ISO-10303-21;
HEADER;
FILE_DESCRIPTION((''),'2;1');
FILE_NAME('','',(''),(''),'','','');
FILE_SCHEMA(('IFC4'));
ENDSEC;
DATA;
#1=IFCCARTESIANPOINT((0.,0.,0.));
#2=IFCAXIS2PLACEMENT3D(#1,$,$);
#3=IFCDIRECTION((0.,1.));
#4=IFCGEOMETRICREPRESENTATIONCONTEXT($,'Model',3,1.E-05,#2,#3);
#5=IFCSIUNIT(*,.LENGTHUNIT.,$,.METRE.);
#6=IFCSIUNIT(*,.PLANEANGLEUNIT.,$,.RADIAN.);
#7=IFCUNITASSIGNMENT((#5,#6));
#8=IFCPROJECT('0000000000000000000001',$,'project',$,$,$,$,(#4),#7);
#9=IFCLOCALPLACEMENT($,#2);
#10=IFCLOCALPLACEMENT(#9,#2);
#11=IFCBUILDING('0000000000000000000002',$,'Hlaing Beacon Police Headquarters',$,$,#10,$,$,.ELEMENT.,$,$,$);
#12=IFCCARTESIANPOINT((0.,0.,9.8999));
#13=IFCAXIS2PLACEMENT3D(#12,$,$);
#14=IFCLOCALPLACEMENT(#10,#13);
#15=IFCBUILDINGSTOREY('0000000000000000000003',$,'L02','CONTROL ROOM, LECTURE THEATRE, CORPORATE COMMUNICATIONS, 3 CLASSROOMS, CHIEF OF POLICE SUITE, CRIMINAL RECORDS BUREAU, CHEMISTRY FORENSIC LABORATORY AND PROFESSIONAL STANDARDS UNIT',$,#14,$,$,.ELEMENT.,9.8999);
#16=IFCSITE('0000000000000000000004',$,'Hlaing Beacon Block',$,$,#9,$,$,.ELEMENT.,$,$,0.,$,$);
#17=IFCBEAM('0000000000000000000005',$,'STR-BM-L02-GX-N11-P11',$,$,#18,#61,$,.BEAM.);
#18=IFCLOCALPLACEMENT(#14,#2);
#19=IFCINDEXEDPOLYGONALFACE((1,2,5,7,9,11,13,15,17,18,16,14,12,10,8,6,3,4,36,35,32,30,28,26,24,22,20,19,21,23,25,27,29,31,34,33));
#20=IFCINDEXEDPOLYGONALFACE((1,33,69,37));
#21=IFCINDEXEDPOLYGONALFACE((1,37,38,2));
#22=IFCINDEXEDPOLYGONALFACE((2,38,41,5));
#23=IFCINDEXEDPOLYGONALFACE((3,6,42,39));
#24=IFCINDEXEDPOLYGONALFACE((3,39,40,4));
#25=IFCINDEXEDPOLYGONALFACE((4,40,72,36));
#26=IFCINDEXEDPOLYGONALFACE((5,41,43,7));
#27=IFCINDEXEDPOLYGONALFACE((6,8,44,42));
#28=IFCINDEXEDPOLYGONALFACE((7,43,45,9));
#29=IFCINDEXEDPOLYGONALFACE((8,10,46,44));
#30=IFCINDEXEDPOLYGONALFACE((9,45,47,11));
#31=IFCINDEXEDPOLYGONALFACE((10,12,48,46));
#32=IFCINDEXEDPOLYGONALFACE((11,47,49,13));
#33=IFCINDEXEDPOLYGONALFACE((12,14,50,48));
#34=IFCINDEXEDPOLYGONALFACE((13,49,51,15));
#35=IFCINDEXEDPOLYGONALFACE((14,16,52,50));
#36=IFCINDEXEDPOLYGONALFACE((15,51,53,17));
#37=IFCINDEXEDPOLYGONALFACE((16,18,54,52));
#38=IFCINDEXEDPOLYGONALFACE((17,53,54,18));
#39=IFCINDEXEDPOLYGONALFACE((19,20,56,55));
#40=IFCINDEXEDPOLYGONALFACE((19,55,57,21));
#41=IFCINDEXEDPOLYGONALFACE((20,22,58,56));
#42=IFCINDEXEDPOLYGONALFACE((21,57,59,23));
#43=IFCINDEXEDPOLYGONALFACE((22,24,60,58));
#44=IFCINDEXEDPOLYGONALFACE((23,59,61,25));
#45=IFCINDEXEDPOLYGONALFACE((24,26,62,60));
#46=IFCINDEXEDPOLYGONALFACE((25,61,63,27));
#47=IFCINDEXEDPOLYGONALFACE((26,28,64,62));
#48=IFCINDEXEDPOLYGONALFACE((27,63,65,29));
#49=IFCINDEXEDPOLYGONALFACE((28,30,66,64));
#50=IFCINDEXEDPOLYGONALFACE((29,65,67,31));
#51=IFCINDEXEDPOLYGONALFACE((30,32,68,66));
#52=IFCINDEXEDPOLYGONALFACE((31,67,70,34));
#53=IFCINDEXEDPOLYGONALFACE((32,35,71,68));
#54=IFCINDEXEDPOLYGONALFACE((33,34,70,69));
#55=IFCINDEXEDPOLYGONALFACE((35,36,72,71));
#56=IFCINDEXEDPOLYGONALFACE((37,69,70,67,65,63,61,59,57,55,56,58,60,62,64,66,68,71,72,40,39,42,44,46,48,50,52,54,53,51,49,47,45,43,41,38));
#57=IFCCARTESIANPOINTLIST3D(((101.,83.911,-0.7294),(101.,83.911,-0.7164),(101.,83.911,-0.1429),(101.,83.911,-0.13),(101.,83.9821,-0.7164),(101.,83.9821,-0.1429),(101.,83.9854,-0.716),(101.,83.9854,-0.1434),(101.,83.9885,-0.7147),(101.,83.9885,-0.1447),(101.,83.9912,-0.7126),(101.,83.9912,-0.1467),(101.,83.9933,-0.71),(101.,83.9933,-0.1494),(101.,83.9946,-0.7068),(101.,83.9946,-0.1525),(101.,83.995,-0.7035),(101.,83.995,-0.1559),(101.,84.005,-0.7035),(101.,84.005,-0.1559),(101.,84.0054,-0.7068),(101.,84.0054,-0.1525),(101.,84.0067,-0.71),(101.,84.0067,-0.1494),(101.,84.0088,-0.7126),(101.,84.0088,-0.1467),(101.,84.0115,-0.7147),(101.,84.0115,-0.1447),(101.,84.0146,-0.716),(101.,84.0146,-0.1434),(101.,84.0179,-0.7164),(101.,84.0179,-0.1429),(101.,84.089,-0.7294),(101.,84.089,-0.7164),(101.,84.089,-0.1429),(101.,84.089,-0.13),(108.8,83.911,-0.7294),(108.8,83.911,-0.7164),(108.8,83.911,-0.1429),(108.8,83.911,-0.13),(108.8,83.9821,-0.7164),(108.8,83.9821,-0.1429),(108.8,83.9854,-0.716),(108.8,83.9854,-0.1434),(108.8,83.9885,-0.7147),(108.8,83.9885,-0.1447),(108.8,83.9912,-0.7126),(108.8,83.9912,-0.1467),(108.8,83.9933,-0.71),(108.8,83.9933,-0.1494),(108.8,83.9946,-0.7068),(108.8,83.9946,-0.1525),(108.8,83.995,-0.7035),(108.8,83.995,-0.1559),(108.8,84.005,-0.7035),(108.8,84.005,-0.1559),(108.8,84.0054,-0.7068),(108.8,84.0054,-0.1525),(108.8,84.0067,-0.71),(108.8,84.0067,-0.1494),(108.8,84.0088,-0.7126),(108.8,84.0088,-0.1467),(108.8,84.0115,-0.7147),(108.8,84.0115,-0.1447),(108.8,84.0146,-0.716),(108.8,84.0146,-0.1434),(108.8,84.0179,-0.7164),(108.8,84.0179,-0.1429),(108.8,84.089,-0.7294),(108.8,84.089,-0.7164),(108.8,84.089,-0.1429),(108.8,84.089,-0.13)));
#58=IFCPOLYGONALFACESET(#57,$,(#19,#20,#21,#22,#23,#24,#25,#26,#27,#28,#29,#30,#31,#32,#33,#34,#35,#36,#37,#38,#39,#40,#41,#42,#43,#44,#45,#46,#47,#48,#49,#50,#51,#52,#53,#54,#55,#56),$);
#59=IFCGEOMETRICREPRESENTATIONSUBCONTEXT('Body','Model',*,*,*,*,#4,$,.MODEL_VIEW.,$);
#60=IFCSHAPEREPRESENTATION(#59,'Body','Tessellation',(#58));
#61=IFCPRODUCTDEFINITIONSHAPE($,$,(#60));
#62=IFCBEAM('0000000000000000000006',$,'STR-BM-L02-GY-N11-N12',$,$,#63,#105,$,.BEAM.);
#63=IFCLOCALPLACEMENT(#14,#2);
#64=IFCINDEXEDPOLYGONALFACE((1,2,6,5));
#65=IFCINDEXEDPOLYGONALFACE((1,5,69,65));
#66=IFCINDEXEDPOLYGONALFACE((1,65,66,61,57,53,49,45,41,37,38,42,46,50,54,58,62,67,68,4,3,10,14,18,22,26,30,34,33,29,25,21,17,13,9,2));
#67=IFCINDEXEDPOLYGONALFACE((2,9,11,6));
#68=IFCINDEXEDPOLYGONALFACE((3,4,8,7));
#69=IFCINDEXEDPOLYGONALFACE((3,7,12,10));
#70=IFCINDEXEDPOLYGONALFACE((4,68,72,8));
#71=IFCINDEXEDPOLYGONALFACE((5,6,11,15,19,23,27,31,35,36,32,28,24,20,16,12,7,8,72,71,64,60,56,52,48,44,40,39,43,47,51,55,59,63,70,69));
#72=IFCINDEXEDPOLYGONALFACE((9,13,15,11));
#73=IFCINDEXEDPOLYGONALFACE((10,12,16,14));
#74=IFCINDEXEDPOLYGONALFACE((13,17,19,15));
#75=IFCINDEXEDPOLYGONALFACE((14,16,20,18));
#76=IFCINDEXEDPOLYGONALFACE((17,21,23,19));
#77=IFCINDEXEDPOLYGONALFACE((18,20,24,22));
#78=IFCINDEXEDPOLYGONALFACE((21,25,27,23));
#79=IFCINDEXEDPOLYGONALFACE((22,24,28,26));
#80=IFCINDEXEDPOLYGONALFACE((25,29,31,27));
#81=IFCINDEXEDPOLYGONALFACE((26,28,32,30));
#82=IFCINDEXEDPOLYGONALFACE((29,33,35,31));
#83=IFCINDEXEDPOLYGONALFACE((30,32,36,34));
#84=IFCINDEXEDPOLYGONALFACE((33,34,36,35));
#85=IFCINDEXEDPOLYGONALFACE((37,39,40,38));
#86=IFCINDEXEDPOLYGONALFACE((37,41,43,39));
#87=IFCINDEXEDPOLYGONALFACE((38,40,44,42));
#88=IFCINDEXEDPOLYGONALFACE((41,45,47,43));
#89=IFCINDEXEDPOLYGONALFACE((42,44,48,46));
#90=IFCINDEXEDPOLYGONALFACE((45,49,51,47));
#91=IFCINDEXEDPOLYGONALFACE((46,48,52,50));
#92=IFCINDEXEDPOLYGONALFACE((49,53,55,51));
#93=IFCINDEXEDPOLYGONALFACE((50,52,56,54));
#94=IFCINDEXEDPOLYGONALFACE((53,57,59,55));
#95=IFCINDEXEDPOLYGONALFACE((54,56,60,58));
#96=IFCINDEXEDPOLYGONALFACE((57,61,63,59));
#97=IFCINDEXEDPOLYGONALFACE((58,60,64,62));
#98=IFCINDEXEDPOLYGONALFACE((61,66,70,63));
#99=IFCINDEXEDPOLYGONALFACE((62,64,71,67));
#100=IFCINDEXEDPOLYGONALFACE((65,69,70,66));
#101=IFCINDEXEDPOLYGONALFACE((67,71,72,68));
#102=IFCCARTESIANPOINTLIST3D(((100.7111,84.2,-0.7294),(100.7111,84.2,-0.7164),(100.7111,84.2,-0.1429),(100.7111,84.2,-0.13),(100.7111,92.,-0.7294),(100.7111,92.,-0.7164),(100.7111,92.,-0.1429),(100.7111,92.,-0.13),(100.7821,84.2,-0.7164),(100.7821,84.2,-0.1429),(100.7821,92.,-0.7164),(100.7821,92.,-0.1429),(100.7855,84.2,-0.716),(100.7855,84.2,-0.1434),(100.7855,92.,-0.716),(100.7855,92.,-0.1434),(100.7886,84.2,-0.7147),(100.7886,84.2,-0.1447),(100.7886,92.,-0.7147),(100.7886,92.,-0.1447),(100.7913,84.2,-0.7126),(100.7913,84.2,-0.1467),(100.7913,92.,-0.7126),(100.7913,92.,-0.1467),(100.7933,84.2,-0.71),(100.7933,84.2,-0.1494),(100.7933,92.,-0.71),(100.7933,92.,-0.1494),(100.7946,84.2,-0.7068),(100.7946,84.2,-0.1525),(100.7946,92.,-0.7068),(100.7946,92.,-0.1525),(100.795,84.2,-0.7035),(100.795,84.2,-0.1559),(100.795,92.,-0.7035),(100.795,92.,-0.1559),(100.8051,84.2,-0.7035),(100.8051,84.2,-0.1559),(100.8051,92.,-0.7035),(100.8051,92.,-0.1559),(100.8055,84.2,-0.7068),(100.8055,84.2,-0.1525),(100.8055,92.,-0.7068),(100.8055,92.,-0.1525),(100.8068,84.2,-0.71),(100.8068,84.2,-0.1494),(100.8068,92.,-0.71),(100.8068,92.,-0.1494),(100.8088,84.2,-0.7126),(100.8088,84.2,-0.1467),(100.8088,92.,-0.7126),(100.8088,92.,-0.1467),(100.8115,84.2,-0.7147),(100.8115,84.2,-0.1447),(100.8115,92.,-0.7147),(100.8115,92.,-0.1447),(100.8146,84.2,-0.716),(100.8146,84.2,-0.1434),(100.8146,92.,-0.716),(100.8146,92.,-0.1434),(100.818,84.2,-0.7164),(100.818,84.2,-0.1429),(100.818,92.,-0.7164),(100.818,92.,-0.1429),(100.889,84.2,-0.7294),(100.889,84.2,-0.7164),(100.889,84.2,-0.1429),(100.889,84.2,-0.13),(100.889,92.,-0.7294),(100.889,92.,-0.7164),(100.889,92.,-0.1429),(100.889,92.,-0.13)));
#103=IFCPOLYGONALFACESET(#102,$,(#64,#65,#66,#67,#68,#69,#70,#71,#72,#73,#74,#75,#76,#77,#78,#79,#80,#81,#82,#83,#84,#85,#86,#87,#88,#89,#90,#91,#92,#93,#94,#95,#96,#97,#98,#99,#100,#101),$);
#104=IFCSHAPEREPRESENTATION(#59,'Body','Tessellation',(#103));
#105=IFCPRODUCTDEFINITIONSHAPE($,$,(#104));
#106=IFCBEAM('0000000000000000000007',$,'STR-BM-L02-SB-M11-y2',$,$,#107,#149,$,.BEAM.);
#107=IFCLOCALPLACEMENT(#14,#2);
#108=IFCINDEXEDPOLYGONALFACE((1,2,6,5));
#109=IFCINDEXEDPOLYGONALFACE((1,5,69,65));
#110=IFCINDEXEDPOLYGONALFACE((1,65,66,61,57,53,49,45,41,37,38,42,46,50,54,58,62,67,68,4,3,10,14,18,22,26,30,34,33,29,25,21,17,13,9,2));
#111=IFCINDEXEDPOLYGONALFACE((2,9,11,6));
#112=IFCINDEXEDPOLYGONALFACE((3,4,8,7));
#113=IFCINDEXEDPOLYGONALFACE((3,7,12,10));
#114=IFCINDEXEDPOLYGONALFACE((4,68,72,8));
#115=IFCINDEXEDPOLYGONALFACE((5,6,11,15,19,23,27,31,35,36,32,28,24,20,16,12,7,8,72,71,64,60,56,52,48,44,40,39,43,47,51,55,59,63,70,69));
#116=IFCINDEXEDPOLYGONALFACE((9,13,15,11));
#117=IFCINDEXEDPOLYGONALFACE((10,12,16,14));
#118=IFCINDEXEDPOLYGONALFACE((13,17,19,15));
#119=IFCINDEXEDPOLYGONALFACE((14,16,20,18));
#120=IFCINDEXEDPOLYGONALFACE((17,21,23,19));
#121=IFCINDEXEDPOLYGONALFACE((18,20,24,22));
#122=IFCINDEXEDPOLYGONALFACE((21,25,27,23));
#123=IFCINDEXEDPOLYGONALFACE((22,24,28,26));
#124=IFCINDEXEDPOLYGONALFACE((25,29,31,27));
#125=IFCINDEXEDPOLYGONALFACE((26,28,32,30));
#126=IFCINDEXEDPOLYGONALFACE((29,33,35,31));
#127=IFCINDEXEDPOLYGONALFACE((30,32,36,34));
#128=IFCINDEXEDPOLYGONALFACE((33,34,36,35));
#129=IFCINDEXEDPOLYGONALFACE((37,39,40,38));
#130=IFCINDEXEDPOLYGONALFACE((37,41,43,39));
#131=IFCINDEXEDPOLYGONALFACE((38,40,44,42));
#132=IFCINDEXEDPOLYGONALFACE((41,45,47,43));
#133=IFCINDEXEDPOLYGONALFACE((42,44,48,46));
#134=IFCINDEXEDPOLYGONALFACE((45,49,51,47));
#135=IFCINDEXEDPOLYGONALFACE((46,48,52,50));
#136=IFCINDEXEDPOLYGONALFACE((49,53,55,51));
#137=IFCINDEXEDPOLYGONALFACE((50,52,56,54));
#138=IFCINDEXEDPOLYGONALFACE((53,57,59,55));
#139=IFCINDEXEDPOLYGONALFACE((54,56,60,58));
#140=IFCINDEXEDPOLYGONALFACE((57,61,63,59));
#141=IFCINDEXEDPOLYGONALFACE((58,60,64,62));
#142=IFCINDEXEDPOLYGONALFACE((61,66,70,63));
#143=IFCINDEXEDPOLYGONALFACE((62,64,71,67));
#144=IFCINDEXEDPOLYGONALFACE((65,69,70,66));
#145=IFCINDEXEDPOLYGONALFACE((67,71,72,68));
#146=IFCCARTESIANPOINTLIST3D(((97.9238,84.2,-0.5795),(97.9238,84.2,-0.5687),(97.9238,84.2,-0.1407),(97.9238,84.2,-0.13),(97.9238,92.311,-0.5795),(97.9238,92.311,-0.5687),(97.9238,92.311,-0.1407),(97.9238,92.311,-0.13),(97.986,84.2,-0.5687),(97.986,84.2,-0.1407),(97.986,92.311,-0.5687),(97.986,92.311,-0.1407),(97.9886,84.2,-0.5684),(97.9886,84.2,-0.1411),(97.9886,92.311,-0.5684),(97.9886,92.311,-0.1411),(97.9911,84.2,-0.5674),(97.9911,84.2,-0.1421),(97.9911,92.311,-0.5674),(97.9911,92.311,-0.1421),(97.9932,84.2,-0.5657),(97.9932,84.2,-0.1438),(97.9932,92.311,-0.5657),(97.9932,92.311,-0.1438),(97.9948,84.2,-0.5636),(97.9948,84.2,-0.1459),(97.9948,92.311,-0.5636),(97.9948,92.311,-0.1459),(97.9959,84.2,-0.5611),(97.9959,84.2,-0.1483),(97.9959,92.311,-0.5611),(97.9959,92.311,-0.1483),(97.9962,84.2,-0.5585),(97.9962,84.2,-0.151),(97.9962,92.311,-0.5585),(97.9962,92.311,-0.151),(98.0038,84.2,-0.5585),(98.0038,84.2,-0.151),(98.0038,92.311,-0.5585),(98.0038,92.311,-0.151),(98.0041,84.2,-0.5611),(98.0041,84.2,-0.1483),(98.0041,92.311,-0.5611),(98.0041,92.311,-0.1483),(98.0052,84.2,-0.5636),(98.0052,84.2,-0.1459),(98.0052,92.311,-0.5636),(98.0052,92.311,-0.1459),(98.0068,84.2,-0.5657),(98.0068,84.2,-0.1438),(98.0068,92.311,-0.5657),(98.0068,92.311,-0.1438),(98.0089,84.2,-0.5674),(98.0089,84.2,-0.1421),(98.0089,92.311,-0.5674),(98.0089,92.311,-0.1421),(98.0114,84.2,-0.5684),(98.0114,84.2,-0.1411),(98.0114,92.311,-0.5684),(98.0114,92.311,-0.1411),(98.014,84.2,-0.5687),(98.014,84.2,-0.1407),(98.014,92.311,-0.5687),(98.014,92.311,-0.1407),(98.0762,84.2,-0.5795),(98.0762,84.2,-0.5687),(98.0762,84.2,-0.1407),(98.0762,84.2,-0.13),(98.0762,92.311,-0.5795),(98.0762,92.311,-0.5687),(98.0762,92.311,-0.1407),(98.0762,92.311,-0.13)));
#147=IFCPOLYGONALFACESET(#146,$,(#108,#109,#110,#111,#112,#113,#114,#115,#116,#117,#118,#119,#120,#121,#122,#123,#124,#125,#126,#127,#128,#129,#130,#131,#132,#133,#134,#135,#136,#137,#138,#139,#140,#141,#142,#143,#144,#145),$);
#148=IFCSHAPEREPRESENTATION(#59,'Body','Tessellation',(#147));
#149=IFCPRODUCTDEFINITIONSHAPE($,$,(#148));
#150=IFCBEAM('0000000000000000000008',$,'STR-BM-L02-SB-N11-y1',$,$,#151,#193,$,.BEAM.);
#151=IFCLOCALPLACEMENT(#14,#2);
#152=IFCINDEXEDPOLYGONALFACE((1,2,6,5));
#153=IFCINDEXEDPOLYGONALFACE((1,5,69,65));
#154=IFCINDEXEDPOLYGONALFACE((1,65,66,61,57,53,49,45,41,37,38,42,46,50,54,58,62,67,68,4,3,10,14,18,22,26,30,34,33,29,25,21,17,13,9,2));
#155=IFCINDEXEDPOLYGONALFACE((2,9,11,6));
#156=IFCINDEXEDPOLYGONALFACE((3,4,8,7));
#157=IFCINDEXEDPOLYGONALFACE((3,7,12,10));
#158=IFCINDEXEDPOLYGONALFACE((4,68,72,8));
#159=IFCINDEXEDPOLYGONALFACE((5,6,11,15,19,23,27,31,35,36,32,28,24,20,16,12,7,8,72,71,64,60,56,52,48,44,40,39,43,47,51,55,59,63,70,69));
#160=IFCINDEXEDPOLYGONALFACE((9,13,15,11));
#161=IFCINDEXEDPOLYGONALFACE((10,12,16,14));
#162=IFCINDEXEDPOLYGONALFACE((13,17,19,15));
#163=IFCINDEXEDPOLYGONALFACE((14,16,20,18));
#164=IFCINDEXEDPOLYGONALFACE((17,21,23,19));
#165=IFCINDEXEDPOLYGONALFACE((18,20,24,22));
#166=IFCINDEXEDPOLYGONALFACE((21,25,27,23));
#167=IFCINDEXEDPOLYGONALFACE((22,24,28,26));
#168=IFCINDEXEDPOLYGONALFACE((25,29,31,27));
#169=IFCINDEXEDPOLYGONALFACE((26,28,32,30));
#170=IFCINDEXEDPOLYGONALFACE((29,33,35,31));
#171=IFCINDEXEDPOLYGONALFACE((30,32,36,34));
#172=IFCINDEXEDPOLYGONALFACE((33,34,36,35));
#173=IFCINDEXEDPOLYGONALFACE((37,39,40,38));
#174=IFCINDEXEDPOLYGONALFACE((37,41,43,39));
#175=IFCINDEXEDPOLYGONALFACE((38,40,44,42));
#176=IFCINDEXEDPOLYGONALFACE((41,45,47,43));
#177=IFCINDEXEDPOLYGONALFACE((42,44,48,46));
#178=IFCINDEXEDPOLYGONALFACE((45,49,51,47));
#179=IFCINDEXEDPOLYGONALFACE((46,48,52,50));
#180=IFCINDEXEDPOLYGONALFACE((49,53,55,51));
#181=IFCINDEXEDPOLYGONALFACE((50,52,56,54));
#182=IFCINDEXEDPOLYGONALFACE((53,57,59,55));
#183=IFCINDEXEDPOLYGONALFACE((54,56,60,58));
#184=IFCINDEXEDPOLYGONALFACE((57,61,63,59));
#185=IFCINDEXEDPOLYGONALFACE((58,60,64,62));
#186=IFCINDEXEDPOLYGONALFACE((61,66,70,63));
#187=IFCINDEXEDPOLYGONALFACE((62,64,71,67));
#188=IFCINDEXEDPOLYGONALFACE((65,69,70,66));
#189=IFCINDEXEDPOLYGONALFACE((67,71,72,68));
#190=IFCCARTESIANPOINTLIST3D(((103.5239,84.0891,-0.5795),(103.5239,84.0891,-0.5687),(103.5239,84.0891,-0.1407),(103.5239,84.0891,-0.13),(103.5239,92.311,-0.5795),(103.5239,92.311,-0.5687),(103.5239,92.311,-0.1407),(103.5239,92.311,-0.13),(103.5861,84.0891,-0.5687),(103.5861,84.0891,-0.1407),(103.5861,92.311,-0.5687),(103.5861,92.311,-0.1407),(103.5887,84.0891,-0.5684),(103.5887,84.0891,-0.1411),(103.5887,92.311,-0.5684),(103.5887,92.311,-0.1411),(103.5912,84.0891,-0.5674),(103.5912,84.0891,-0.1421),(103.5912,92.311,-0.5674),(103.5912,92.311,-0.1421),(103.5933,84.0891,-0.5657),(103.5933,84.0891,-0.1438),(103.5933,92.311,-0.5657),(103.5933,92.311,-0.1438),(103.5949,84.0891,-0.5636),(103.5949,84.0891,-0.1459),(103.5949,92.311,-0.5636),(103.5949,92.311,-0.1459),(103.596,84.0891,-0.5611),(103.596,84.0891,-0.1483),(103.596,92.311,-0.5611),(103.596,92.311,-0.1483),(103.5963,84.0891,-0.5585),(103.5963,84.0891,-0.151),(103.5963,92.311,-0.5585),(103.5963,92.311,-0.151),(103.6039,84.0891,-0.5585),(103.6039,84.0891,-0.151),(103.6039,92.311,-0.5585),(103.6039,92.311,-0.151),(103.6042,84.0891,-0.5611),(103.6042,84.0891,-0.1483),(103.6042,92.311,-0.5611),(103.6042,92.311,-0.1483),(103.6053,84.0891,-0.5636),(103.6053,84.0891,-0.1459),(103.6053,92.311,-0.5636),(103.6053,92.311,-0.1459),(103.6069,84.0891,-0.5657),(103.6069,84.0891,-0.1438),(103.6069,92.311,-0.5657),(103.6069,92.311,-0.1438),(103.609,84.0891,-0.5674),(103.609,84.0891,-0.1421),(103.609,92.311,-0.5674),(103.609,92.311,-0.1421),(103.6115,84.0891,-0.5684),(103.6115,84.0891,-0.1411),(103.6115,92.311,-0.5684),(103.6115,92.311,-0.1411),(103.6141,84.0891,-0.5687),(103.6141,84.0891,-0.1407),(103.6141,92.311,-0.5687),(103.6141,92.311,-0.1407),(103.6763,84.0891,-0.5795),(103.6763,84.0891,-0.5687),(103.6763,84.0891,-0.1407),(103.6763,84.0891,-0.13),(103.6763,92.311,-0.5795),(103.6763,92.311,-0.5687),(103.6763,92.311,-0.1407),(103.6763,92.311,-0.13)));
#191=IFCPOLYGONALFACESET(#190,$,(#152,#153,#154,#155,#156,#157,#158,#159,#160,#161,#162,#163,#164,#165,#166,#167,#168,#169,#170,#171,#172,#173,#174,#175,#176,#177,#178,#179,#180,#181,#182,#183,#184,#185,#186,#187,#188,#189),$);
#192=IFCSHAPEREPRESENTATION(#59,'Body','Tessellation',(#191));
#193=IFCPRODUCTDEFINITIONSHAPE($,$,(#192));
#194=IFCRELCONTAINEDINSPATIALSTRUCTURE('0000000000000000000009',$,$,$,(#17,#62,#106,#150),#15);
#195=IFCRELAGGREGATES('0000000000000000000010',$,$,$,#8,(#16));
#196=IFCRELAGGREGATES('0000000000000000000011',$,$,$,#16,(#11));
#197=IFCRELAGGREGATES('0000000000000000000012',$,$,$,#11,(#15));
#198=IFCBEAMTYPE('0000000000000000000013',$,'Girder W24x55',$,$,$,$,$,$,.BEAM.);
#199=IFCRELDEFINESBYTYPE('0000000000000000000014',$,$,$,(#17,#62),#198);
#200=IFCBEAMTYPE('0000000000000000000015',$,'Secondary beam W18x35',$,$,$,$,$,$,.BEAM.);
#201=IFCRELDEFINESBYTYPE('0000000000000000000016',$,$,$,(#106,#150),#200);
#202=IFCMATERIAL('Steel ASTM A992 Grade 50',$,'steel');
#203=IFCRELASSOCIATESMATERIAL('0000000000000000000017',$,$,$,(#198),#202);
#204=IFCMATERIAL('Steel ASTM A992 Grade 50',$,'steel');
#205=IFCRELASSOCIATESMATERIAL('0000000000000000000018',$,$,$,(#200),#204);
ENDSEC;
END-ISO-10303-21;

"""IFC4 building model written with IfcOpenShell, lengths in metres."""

from ifc_helpers import new_model, si_unit, direction, frame, origin, origin_2d, place, context, subcontext, project, spatial, i_section, extrude, material, material_profile, profile_set, type_object, element, save


model = new_model("IFC4")

# Units and contexts
model_context = context("Model", 3, precision=1e-05, world=origin(), true_north=direction((0.0, 1.0)))
body_context = subcontext(model_context, "Body", "Model", "MODEL_VIEW")
ifc_project = project(units=[si_unit("LENGTHUNIT", "METRE"), si_unit("PLANEANGLEUNIT", "RADIAN")], contexts=[model_context])

# Site, building, storey
site_placement = place(None, origin())
site = spatial("IfcSite", under=ifc_project, at=site_placement, Name="Hlaing Beacon Block", CompositionType="ELEMENT", RefElevation=0.0)
building_placement = place(site_placement, origin())
building = spatial("IfcBuilding", under=site, at=building_placement, Name="Hlaing Beacon Police Headquarters", CompositionType="ELEMENT")
storey_placement = place(building_placement, frame((0.0, 0.0, 9.8999)))
storey = spatial("IfcBuildingStorey", under=building, at=storey_placement, Name="L02", Description="CONTROL ROOM, LECTURE THEATRE, CORPORATE COMMUNICATIONS, 3 CLASSROOMS, CHIEF OF POLICE SUITE, CRIMINAL RECORDS BUREAU, CHEMISTRY FORENSIC LABORATORY AND PROFESSIONAL STANDARDS UNIT", CompositionType="ELEMENT", Elevation=9.8999)

# Beams
ifc_material_1 = material(Name="Steel ASTM A992 Grade 50", Category="steel")
ifc_material_profile_1 = material_profile(ifc_material_1, i_section(OverallWidth=0.178, OverallDepth=0.5994, WebThickness=0.01, FlangeThickness=0.0129, FilletRadius=0.0129, at=origin_2d()), Name="W24x55")
ifc_profile_set_1 = profile_set([ifc_material_profile_1], Name="Steel ASTM A992 Grade 50")
beam_type_1 = type_object("IfcBeamType", Name="Girder W24x55", PredefinedType="BEAM", material=ifc_profile_set_1)
for number, where, z_axis, x_axis, name in (
    (1, (101.0, 84.0, -0.4297), (1.0, 0.0, 0.0), (0.0, 1.0, 0.0), "STR-BM-L02-GX-N11-P11"),
    (2, (100.8, 84.2, -0.4297), (0.0, 1.0, 0.0), (-1.0, 0.0, 0.0), "STR-BM-L02-GY-N11-N12"),
):
    element("IfcBeam", number, at=place(storey_placement, frame(where, z_axis=z_axis, x_axis=x_axis)), inside=storey, type_object=beam_type_1, Name=name, PredefinedType="BEAM", context=body_context, shape_type="SweptSolid", body=[
        extrude(i_section(OverallWidth=0.178, OverallDepth=0.5994, WebThickness=0.01, FlangeThickness=0.0129, FilletRadius=0.0129, at=origin_2d()), origin(), (0.0, 0.0, 1.0), 7.8),
    ])
ifc_material_2 = material(Name="Steel ASTM A992 Grade 50", Category="steel")
ifc_material_profile_2 = material_profile(ifc_material_2, i_section(OverallWidth=0.1523, OverallDepth=0.4495, WebThickness=0.0076, FlangeThickness=0.0107, FilletRadius=0.0103, at=origin_2d()), Name="W18x35")
ifc_profile_set_2 = profile_set([ifc_material_profile_2], Name="Steel ASTM A992 Grade 50")
beam_type_2 = type_object("IfcBeamType", Name="Secondary beam W18x35", PredefinedType="BEAM", material=ifc_profile_set_2)
beam_placement = place(storey_placement, frame((98.0, 84.2, -0.3547), z_axis=(0.0, 1.0, 0.0), x_axis=(-1.0, 0.0, 0.0)))
element("IfcBeam", 3, at=beam_placement, inside=storey, type_object=beam_type_2, Name="STR-BM-L02-SB-M11-y2", PredefinedType="BEAM", context=body_context, shape_type="SweptSolid", body=[
    extrude(i_section(OverallWidth=0.1523, OverallDepth=0.4495, WebThickness=0.0076, FlangeThickness=0.0107, FilletRadius=0.0103, at=origin_2d()), origin(), (0.0, 0.0, 1.0), 8.1111),
])
for number, where, z_axis, x_axis, name in (
    (4, (103.6001, 84.0891, -0.3547), (0.0, 1.0, 0.0), (-1.0, 0.0, 0.0), "STR-BM-L02-SB-N11-y1"),
):
    element("IfcBeam", number, at=place(storey_placement, frame(where, z_axis=z_axis, x_axis=x_axis)), inside=storey, type_object=beam_type_2, Name=name, PredefinedType="BEAM", context=body_context, shape_type="SweptSolid", body=[
        extrude(i_section(OverallWidth=0.1523, OverallDepth=0.4495, WebThickness=0.0076, FlangeThickness=0.0107, FilletRadius=0.0103, at=origin_2d()), origin(), (0.0, 0.0, 1.0), 8.2219),
    ])

save(model, "model.ifc")
